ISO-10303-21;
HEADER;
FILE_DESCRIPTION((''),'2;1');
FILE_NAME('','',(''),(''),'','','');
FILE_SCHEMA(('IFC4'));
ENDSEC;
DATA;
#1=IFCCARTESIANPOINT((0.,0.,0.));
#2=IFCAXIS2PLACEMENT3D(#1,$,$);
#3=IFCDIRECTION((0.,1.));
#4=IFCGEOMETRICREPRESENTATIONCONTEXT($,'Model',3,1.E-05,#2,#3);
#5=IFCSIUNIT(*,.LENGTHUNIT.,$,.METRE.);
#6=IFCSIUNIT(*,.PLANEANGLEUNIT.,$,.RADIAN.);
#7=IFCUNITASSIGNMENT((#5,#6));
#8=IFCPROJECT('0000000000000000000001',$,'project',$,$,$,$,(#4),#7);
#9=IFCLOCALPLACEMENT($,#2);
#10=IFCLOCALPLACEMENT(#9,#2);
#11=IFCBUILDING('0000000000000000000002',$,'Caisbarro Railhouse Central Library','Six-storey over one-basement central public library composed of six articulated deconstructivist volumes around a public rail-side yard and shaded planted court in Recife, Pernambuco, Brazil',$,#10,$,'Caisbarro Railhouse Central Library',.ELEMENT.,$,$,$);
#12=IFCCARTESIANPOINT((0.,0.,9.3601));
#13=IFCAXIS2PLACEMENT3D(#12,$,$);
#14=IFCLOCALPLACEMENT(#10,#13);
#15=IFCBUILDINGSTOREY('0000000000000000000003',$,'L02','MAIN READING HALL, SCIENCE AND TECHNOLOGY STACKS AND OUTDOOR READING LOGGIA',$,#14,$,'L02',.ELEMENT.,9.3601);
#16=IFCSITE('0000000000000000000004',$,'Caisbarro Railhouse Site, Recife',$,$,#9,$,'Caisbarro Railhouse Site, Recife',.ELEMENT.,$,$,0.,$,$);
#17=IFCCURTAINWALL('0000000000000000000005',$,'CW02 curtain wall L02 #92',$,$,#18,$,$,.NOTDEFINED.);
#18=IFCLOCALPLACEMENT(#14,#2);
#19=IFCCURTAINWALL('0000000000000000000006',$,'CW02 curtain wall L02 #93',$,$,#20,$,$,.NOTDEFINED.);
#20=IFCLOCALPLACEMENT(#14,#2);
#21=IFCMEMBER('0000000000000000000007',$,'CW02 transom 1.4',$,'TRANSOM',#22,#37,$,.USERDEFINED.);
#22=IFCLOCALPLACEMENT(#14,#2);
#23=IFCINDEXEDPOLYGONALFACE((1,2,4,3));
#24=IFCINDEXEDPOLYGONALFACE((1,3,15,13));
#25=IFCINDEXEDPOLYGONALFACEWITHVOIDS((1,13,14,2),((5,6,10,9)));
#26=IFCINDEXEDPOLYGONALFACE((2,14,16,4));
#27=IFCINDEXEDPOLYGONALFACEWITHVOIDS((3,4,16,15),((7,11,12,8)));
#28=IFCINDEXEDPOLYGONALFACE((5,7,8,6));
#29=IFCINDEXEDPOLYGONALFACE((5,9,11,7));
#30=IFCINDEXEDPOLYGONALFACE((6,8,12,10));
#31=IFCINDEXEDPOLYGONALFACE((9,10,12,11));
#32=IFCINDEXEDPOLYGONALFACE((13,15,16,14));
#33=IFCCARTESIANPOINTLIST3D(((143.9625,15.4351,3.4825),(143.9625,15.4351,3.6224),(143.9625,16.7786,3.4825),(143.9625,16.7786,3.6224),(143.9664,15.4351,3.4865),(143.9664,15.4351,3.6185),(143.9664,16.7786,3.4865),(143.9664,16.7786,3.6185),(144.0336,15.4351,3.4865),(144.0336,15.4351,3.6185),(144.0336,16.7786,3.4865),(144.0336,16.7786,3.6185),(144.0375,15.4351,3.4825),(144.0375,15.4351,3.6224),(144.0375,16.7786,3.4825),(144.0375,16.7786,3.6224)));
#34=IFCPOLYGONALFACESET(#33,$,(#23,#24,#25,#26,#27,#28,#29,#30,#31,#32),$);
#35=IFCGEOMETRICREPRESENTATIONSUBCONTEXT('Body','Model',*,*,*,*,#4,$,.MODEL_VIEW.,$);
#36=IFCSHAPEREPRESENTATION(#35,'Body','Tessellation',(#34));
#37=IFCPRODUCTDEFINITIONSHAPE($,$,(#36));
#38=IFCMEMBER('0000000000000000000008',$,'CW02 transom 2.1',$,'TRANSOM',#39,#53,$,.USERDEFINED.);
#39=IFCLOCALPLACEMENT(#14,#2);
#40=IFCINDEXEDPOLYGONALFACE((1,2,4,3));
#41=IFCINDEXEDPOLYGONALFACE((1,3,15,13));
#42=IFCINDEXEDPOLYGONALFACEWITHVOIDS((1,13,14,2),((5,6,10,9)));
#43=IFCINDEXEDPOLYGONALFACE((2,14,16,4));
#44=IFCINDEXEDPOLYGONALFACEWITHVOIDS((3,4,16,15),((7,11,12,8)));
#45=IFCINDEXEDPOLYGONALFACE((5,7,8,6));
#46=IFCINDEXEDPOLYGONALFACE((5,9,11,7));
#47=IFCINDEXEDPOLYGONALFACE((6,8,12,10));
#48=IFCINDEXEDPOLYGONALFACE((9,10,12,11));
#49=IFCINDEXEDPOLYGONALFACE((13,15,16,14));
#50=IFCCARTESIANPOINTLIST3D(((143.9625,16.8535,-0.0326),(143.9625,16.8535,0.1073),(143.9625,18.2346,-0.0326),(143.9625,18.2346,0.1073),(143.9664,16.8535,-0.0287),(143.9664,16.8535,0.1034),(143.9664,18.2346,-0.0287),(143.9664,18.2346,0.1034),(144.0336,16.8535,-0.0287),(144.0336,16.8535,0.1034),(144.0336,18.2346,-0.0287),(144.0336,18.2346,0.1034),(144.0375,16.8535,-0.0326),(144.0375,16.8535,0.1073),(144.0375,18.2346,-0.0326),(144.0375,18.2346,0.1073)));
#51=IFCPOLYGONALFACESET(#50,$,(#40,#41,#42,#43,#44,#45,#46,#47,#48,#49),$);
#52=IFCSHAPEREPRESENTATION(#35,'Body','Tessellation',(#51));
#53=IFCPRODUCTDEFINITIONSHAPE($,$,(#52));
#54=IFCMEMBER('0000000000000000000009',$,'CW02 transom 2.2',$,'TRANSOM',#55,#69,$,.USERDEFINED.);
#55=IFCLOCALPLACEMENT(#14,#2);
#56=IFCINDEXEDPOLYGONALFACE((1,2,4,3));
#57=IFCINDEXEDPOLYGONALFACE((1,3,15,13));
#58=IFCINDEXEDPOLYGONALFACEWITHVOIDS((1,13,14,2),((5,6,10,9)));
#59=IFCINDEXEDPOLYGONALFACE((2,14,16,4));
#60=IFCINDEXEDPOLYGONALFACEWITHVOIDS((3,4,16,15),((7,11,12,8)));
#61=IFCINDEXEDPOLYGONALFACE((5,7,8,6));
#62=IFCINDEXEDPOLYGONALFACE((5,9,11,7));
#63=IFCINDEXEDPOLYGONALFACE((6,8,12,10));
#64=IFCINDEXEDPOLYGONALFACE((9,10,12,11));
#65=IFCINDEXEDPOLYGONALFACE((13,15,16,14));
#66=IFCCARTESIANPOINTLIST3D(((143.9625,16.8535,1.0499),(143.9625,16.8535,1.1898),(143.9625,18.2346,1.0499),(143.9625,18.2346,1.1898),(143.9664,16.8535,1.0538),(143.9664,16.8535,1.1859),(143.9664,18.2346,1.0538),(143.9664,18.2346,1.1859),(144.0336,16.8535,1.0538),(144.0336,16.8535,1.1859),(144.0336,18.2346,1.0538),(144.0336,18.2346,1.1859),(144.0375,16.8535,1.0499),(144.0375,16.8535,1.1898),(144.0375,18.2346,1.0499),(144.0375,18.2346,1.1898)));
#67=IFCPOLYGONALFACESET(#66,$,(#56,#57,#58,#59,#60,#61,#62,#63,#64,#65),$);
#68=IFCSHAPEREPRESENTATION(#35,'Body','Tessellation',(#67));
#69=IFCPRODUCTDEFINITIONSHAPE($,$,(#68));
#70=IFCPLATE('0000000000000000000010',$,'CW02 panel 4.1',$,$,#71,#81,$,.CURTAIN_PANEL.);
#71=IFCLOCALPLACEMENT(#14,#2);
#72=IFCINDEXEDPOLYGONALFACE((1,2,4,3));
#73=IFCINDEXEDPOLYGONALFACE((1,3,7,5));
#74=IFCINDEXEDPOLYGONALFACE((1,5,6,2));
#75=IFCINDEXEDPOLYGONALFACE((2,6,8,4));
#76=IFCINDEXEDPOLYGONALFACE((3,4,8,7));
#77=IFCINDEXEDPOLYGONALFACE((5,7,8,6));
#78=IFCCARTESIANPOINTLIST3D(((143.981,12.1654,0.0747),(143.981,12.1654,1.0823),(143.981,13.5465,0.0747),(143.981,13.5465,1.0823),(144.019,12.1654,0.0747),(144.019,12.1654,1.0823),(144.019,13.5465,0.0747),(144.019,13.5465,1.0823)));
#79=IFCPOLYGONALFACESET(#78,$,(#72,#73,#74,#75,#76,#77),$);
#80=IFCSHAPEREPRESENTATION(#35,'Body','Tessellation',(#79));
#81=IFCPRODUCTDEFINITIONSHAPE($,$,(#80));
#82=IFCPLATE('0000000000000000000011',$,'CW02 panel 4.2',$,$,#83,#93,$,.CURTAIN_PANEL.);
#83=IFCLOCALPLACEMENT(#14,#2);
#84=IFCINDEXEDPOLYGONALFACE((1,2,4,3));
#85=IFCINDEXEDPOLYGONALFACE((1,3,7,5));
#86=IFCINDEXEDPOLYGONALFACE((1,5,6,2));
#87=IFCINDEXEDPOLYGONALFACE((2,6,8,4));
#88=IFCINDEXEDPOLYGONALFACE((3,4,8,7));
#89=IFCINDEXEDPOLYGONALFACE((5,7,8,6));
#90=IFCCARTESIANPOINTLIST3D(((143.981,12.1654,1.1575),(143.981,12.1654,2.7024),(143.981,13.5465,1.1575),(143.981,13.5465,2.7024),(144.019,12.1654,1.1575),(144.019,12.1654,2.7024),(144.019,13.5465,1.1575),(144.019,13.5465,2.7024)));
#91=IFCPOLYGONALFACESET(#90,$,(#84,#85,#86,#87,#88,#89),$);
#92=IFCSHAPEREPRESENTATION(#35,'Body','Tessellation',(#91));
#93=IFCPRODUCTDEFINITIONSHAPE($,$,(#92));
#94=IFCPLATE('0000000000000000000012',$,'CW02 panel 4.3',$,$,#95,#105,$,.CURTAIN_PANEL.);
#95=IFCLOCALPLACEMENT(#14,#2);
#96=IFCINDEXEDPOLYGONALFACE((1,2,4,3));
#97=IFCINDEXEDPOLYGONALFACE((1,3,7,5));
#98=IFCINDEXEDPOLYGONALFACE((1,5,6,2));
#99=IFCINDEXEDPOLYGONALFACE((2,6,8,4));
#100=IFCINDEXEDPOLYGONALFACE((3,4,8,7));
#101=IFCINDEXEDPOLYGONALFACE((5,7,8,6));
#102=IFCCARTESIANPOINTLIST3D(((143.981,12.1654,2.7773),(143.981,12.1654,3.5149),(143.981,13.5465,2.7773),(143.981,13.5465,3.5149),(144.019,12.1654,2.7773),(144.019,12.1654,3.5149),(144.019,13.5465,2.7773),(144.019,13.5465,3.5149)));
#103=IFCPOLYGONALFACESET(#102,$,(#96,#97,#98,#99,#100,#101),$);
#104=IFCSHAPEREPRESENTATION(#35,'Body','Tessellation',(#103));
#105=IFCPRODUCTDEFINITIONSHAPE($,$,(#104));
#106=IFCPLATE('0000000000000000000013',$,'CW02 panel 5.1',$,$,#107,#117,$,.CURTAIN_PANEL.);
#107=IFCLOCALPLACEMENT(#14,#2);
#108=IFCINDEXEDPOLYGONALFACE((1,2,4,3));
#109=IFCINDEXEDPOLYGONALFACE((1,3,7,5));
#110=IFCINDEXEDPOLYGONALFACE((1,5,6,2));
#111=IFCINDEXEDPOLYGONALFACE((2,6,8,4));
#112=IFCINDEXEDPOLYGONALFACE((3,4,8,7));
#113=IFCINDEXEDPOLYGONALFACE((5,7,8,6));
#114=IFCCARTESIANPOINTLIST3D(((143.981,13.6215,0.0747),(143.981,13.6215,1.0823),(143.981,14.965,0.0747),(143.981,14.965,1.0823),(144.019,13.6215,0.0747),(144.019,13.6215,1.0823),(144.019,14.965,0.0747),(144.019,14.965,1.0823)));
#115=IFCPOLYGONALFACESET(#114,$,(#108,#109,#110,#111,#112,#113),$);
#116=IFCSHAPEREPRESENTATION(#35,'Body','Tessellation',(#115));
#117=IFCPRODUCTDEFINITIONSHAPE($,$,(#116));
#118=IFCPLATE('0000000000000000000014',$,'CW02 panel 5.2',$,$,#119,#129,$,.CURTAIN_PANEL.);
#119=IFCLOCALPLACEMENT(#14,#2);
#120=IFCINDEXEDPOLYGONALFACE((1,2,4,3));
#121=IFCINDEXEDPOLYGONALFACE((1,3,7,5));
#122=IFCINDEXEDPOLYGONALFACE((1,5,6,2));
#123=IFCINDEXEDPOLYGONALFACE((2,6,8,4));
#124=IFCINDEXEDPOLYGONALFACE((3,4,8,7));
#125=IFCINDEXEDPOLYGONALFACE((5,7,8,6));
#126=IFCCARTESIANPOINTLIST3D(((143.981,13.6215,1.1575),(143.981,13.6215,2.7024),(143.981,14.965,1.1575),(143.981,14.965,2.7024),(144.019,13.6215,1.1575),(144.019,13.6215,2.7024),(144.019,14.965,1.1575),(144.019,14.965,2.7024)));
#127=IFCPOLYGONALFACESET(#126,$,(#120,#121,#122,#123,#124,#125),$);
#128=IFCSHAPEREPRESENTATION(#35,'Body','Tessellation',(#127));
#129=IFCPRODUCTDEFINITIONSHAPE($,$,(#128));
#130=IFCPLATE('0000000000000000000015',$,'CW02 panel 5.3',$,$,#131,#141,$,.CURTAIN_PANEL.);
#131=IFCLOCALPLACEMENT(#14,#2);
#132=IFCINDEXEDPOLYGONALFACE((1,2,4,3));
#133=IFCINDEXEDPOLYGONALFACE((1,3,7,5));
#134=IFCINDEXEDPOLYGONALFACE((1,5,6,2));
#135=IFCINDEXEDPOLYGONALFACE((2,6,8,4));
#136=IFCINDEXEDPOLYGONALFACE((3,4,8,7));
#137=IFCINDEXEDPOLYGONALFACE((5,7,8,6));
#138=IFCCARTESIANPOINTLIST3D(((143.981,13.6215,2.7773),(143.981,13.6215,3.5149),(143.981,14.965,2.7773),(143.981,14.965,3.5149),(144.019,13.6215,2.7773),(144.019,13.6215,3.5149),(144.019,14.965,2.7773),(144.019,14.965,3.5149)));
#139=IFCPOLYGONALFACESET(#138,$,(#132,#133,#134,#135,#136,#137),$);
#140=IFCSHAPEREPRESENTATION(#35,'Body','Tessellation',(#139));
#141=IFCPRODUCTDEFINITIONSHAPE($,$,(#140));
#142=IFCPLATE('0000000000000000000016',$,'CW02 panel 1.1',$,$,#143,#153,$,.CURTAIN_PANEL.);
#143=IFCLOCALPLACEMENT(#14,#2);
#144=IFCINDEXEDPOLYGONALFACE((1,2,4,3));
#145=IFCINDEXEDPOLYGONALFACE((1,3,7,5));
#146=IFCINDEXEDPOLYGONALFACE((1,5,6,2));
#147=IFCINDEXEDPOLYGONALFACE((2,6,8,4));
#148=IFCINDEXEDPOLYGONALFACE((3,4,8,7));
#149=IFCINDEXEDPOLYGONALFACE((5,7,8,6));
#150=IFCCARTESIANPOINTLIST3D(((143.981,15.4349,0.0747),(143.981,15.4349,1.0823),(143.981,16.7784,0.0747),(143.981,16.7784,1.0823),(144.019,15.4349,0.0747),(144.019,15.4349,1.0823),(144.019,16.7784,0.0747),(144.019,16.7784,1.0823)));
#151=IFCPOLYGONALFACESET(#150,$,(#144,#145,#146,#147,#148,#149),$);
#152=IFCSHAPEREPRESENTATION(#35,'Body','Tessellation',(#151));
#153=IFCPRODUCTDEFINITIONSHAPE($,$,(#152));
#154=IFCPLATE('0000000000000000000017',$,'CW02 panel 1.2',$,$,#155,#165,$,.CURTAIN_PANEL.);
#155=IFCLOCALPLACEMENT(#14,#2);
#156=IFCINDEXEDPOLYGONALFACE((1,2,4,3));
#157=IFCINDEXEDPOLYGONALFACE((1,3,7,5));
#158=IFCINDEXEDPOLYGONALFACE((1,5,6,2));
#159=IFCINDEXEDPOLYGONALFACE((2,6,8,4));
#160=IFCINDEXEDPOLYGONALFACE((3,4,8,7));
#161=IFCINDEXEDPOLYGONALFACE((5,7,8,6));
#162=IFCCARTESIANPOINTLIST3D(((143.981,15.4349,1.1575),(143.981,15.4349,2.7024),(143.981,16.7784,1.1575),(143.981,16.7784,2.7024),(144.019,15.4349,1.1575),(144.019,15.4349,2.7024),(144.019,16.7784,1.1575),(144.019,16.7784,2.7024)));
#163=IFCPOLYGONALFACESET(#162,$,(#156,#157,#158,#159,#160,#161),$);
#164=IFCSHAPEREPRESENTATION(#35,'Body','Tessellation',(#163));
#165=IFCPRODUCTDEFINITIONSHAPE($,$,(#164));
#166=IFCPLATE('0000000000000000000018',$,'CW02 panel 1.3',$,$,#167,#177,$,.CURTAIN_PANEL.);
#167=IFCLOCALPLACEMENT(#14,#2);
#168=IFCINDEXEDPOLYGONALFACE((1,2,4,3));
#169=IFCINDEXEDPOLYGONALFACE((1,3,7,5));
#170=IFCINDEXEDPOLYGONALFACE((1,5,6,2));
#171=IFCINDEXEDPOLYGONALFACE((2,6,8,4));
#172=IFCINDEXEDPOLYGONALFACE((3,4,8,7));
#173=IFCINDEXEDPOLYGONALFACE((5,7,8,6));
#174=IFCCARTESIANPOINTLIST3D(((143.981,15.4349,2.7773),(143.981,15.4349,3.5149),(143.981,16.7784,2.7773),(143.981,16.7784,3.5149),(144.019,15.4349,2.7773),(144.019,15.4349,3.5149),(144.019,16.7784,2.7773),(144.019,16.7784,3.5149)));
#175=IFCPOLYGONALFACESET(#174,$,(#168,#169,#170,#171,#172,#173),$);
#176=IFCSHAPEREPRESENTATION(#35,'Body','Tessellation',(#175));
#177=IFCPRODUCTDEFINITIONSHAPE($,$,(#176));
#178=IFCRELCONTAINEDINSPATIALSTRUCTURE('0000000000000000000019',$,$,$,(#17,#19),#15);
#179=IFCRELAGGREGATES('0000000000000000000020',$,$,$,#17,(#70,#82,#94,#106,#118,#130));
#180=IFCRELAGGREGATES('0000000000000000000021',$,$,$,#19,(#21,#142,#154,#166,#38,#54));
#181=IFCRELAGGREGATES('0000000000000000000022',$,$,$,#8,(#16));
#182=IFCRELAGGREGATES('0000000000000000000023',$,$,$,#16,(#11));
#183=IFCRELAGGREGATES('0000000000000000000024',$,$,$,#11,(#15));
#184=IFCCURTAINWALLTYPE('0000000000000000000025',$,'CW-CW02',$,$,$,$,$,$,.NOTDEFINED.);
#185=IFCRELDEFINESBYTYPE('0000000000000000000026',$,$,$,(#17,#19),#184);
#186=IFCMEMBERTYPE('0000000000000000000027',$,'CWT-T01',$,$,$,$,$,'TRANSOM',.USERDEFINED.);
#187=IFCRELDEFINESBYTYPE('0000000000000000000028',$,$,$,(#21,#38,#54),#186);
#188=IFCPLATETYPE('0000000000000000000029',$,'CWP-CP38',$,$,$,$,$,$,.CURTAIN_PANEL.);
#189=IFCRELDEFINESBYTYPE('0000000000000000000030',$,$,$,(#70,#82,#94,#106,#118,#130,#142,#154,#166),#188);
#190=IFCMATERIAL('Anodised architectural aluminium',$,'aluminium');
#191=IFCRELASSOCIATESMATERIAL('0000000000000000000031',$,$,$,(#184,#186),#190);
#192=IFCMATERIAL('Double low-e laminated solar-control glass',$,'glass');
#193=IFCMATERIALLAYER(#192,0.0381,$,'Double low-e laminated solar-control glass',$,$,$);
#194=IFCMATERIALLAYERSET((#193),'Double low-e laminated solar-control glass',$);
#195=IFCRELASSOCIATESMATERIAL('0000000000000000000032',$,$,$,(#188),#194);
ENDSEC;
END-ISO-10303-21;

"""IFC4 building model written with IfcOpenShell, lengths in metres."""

from ifc_helpers import new_model, si_unit, direction, frame, origin, origin_2d, place, context, subcontext, project, spatial, rectangle, hollow_rectangle, extrude, material, layer, layer_set, material_profile, profile_set, type_object, element, aggregate, save


model = new_model("IFC4")

# Units and contexts
model_context = context("Model", 3, precision=1e-05, world=origin(), true_north=direction((0.0, 1.0)))
body_context = subcontext(model_context, "Body", "Model", "MODEL_VIEW")
ifc_project = project(units=[si_unit("LENGTHUNIT", "METRE"), si_unit("PLANEANGLEUNIT", "RADIAN")], contexts=[model_context])

# Site, building, storey
site_placement = place(None, origin())
site = spatial("IfcSite", under=ifc_project, at=site_placement, Name="Caisbarro Railhouse Site, Recife", LongName="Caisbarro Railhouse Site, Recife", CompositionType="ELEMENT", RefElevation=0.0)
building_placement = place(site_placement, origin())
building = spatial("IfcBuilding", under=site, at=building_placement, Name="Caisbarro Railhouse Central Library", Description="Six-storey over one-basement central public library composed of six articulated deconstructivist volumes around a public rail-side yard and shaded planted court in Recife, Pernambuco, Brazil", LongName="Caisbarro Railhouse Central Library", CompositionType="ELEMENT")
storey_placement = place(building_placement, frame((0.0, 0.0, 9.3601)))
storey = spatial("IfcBuildingStorey", under=building, at=storey_placement, Name="L02", Description="MAIN READING HALL, SCIENCE AND TECHNOLOGY STACKS AND OUTDOOR READING LOGGIA", LongName="L02", CompositionType="ELEMENT", Elevation=9.3601)

# Curtain walls
ifc_material_1 = material(Name="Anodised architectural aluminium", Category="aluminium")
curtain_wall_type = type_object("IfcCurtainWallType", Name="CW-CW02", PredefinedType="NOTDEFINED", material=ifc_material_1)
curtain_wall_1_placement = place(storey_placement, origin())
curtain_wall_1 = element("IfcCurtainWall", 1, at=curtain_wall_1_placement, inside=storey, type_object=curtain_wall_type, Name="CW02 curtain wall L02 #92", PredefinedType="NOTDEFINED")
curtain_wall_2_placement = place(storey_placement, origin())
curtain_wall_2 = element("IfcCurtainWall", 2, at=curtain_wall_2_placement, inside=storey, type_object=curtain_wall_type, Name="CW02 curtain wall L02 #93", PredefinedType="NOTDEFINED")

# Members
ifc_material_profile_1 = material_profile(ifc_material_1, hollow_rectangle(XDim=0.075, YDim=0.1399, WallThickness=0.0039, at=origin_2d()), Name="ALU-TRN-75X140")
ifc_profile_set_1 = profile_set([ifc_material_profile_1], Name="Anodised architectural aluminium")
member_type_1 = type_object("IfcMemberType", Name="CWT-T01", ElementType="TRANSOM", PredefinedType="USERDEFINED", material=ifc_profile_set_1)
member_1_placement = place(storey_placement, frame((144.0, 15.4351, 3.5525), z_axis=(0.0, 1.0, 0.0), x_axis=(-1.0, 0.0, 0.0)))
member_1 = element("IfcMember", 3, at=member_1_placement, type_object=member_type_1, Name="CW02 transom 1.4", ObjectType="TRANSOM", PredefinedType="USERDEFINED", context=body_context, shape_type="SweptSolid", body=[
    extrude(hollow_rectangle(XDim=0.075, YDim=0.1399, WallThickness=0.0039, at=origin_2d()), origin(), (0.0, 0.0, 1.0), 1.3435),
])
member_2_placement = place(storey_placement, frame((144.0, 16.8535, 0.0374), z_axis=(0.0, 1.0, 0.0), x_axis=(-1.0, 0.0, 0.0)))
member_2 = element("IfcMember", 4, at=member_2_placement, type_object=member_type_1, Name="CW02 transom 2.1", ObjectType="TRANSOM", PredefinedType="USERDEFINED", context=body_context, shape_type="SweptSolid", body=[
    extrude(hollow_rectangle(XDim=0.075, YDim=0.1399, WallThickness=0.0039, at=origin_2d()), origin(), (0.0, 0.0, 1.0), 1.3811),
])
member_3_placement = place(storey_placement, frame((144.0, 16.8535, 1.1199), z_axis=(0.0, 1.0, 0.0), x_axis=(-1.0, 0.0, 0.0)))
member_3 = element("IfcMember", 5, at=member_3_placement, type_object=member_type_1, Name="CW02 transom 2.2", ObjectType="TRANSOM", PredefinedType="USERDEFINED", context=body_context, shape_type="SweptSolid", body=[
    extrude(hollow_rectangle(XDim=0.075, YDim=0.1399, WallThickness=0.0039, at=origin_2d()), origin(), (0.0, 0.0, 1.0), 1.3811),
])

# Plates
ifc_material_2 = material(Name="Double low-e laminated solar-control glass", Category="glass")
ifc_layer = layer(ifc_material_2, 0.0381, Name="Double low-e laminated solar-control glass")
ifc_layer_set = layer_set([ifc_layer], Name="Double low-e laminated solar-control glass")
plate_type = type_object("IfcPlateType", Name="CWP-CP38", PredefinedType="CURTAIN_PANEL", material=ifc_layer_set)
plate_1_placement = place(storey_placement, frame((144.0, 12.856, 0.0747), z_axis=(0.0, 0.0, 1.0), x_axis=(0.0, 1.0, 0.0)))
plate_1 = element("IfcPlate", 6, at=plate_1_placement, type_object=plate_type, Name="CW02 panel 4.1", PredefinedType="CURTAIN_PANEL", context=body_context, shape_type="SweptSolid", body=[
    extrude(rectangle(XDim=1.3811, YDim=0.0381, at=origin_2d()), origin(), (0.0, 0.0, 1.0), 1.0076),
])
plate_2_placement = place(storey_placement, frame((144.0, 12.856, 1.1575), z_axis=(0.0, 0.0, 1.0), x_axis=(0.0, 1.0, 0.0)))
plate_2 = element("IfcPlate", 7, at=plate_2_placement, type_object=plate_type, Name="CW02 panel 4.2", PredefinedType="CURTAIN_PANEL", context=body_context, shape_type="SweptSolid", body=[
    extrude(rectangle(XDim=1.3811, YDim=0.0381, at=origin_2d()), origin(), (0.0, 0.0, 1.0), 1.5449),
])
plate_3_placement = place(storey_placement, frame((144.0, 12.856, 2.7773), z_axis=(0.0, 0.0, 1.0), x_axis=(0.0, 1.0, 0.0)))
plate_3 = element("IfcPlate", 8, at=plate_3_placement, type_object=plate_type, Name="CW02 panel 4.3", PredefinedType="CURTAIN_PANEL", context=body_context, shape_type="SweptSolid", body=[
    extrude(rectangle(XDim=1.3811, YDim=0.0381, at=origin_2d()), origin(), (0.0, 0.0, 1.0), 0.7375),
])
plate_4_placement = place(storey_placement, frame((144.0, 14.2932, 0.0747), z_axis=(0.0, 0.0, 1.0), x_axis=(0.0, 1.0, 0.0)))
plate_4 = element("IfcPlate", 9, at=plate_4_placement, type_object=plate_type, Name="CW02 panel 5.1", PredefinedType="CURTAIN_PANEL", context=body_context, shape_type="SweptSolid", body=[
    extrude(rectangle(XDim=1.3435, YDim=0.0381, at=origin_2d()), origin(), (0.0, 0.0, 1.0), 1.0076),
])
plate_5_placement = place(storey_placement, frame((144.0, 14.2932, 1.1575), z_axis=(0.0, 0.0, 1.0), x_axis=(0.0, 1.0, 0.0)))
plate_5 = element("IfcPlate", 10, at=plate_5_placement, type_object=plate_type, Name="CW02 panel 5.2", PredefinedType="CURTAIN_PANEL", context=body_context, shape_type="SweptSolid", body=[
    extrude(rectangle(XDim=1.3435, YDim=0.0381, at=origin_2d()), origin(), (0.0, 0.0, 1.0), 1.5449),
])
plate_6_placement = place(storey_placement, frame((144.0, 14.2932, 2.7773), z_axis=(0.0, 0.0, 1.0), x_axis=(0.0, 1.0, 0.0)))
plate_6 = element("IfcPlate", 11, at=plate_6_placement, type_object=plate_type, Name="CW02 panel 5.3", PredefinedType="CURTAIN_PANEL", context=body_context, shape_type="SweptSolid", body=[
    extrude(rectangle(XDim=1.3435, YDim=0.0381, at=origin_2d()), origin(), (0.0, 0.0, 1.0), 0.7375),
])
aggregate(curtain_wall_1, [plate_1, plate_2, plate_3, plate_4, plate_5, plate_6])
plate_7_placement = place(storey_placement, frame((144.0, 16.1067, 0.0747), z_axis=(0.0, 0.0, 1.0), x_axis=(0.0, 1.0, 0.0)))
plate_7 = element("IfcPlate", 12, at=plate_7_placement, type_object=plate_type, Name="CW02 panel 1.1", PredefinedType="CURTAIN_PANEL", context=body_context, shape_type="SweptSolid", body=[
    extrude(rectangle(XDim=1.3435, YDim=0.0381, at=origin_2d()), origin(), (0.0, 0.0, 1.0), 1.0076),
])
plate_8_placement = place(storey_placement, frame((144.0, 16.1067, 1.1575), z_axis=(0.0, 0.0, 1.0), x_axis=(0.0, 1.0, 0.0)))
plate_8 = element("IfcPlate", 13, at=plate_8_placement, type_object=plate_type, Name="CW02 panel 1.2", PredefinedType="CURTAIN_PANEL", context=body_context, shape_type="SweptSolid", body=[
    extrude(rectangle(XDim=1.3435, YDim=0.0381, at=origin_2d()), origin(), (0.0, 0.0, 1.0), 1.5449),
])
plate_9_placement = place(storey_placement, frame((144.0, 16.1067, 2.7773), z_axis=(0.0, 0.0, 1.0), x_axis=(0.0, 1.0, 0.0)))
plate_9 = element("IfcPlate", 14, at=plate_9_placement, type_object=plate_type, Name="CW02 panel 1.3", PredefinedType="CURTAIN_PANEL", context=body_context, shape_type="SweptSolid", body=[
    extrude(rectangle(XDim=1.3435, YDim=0.0381, at=origin_2d()), origin(), (0.0, 0.0, 1.0), 0.7375),
])
aggregate(curtain_wall_2, [member_1, plate_7, plate_8, plate_9, member_2, member_3])

save(model, "model.ifc")
